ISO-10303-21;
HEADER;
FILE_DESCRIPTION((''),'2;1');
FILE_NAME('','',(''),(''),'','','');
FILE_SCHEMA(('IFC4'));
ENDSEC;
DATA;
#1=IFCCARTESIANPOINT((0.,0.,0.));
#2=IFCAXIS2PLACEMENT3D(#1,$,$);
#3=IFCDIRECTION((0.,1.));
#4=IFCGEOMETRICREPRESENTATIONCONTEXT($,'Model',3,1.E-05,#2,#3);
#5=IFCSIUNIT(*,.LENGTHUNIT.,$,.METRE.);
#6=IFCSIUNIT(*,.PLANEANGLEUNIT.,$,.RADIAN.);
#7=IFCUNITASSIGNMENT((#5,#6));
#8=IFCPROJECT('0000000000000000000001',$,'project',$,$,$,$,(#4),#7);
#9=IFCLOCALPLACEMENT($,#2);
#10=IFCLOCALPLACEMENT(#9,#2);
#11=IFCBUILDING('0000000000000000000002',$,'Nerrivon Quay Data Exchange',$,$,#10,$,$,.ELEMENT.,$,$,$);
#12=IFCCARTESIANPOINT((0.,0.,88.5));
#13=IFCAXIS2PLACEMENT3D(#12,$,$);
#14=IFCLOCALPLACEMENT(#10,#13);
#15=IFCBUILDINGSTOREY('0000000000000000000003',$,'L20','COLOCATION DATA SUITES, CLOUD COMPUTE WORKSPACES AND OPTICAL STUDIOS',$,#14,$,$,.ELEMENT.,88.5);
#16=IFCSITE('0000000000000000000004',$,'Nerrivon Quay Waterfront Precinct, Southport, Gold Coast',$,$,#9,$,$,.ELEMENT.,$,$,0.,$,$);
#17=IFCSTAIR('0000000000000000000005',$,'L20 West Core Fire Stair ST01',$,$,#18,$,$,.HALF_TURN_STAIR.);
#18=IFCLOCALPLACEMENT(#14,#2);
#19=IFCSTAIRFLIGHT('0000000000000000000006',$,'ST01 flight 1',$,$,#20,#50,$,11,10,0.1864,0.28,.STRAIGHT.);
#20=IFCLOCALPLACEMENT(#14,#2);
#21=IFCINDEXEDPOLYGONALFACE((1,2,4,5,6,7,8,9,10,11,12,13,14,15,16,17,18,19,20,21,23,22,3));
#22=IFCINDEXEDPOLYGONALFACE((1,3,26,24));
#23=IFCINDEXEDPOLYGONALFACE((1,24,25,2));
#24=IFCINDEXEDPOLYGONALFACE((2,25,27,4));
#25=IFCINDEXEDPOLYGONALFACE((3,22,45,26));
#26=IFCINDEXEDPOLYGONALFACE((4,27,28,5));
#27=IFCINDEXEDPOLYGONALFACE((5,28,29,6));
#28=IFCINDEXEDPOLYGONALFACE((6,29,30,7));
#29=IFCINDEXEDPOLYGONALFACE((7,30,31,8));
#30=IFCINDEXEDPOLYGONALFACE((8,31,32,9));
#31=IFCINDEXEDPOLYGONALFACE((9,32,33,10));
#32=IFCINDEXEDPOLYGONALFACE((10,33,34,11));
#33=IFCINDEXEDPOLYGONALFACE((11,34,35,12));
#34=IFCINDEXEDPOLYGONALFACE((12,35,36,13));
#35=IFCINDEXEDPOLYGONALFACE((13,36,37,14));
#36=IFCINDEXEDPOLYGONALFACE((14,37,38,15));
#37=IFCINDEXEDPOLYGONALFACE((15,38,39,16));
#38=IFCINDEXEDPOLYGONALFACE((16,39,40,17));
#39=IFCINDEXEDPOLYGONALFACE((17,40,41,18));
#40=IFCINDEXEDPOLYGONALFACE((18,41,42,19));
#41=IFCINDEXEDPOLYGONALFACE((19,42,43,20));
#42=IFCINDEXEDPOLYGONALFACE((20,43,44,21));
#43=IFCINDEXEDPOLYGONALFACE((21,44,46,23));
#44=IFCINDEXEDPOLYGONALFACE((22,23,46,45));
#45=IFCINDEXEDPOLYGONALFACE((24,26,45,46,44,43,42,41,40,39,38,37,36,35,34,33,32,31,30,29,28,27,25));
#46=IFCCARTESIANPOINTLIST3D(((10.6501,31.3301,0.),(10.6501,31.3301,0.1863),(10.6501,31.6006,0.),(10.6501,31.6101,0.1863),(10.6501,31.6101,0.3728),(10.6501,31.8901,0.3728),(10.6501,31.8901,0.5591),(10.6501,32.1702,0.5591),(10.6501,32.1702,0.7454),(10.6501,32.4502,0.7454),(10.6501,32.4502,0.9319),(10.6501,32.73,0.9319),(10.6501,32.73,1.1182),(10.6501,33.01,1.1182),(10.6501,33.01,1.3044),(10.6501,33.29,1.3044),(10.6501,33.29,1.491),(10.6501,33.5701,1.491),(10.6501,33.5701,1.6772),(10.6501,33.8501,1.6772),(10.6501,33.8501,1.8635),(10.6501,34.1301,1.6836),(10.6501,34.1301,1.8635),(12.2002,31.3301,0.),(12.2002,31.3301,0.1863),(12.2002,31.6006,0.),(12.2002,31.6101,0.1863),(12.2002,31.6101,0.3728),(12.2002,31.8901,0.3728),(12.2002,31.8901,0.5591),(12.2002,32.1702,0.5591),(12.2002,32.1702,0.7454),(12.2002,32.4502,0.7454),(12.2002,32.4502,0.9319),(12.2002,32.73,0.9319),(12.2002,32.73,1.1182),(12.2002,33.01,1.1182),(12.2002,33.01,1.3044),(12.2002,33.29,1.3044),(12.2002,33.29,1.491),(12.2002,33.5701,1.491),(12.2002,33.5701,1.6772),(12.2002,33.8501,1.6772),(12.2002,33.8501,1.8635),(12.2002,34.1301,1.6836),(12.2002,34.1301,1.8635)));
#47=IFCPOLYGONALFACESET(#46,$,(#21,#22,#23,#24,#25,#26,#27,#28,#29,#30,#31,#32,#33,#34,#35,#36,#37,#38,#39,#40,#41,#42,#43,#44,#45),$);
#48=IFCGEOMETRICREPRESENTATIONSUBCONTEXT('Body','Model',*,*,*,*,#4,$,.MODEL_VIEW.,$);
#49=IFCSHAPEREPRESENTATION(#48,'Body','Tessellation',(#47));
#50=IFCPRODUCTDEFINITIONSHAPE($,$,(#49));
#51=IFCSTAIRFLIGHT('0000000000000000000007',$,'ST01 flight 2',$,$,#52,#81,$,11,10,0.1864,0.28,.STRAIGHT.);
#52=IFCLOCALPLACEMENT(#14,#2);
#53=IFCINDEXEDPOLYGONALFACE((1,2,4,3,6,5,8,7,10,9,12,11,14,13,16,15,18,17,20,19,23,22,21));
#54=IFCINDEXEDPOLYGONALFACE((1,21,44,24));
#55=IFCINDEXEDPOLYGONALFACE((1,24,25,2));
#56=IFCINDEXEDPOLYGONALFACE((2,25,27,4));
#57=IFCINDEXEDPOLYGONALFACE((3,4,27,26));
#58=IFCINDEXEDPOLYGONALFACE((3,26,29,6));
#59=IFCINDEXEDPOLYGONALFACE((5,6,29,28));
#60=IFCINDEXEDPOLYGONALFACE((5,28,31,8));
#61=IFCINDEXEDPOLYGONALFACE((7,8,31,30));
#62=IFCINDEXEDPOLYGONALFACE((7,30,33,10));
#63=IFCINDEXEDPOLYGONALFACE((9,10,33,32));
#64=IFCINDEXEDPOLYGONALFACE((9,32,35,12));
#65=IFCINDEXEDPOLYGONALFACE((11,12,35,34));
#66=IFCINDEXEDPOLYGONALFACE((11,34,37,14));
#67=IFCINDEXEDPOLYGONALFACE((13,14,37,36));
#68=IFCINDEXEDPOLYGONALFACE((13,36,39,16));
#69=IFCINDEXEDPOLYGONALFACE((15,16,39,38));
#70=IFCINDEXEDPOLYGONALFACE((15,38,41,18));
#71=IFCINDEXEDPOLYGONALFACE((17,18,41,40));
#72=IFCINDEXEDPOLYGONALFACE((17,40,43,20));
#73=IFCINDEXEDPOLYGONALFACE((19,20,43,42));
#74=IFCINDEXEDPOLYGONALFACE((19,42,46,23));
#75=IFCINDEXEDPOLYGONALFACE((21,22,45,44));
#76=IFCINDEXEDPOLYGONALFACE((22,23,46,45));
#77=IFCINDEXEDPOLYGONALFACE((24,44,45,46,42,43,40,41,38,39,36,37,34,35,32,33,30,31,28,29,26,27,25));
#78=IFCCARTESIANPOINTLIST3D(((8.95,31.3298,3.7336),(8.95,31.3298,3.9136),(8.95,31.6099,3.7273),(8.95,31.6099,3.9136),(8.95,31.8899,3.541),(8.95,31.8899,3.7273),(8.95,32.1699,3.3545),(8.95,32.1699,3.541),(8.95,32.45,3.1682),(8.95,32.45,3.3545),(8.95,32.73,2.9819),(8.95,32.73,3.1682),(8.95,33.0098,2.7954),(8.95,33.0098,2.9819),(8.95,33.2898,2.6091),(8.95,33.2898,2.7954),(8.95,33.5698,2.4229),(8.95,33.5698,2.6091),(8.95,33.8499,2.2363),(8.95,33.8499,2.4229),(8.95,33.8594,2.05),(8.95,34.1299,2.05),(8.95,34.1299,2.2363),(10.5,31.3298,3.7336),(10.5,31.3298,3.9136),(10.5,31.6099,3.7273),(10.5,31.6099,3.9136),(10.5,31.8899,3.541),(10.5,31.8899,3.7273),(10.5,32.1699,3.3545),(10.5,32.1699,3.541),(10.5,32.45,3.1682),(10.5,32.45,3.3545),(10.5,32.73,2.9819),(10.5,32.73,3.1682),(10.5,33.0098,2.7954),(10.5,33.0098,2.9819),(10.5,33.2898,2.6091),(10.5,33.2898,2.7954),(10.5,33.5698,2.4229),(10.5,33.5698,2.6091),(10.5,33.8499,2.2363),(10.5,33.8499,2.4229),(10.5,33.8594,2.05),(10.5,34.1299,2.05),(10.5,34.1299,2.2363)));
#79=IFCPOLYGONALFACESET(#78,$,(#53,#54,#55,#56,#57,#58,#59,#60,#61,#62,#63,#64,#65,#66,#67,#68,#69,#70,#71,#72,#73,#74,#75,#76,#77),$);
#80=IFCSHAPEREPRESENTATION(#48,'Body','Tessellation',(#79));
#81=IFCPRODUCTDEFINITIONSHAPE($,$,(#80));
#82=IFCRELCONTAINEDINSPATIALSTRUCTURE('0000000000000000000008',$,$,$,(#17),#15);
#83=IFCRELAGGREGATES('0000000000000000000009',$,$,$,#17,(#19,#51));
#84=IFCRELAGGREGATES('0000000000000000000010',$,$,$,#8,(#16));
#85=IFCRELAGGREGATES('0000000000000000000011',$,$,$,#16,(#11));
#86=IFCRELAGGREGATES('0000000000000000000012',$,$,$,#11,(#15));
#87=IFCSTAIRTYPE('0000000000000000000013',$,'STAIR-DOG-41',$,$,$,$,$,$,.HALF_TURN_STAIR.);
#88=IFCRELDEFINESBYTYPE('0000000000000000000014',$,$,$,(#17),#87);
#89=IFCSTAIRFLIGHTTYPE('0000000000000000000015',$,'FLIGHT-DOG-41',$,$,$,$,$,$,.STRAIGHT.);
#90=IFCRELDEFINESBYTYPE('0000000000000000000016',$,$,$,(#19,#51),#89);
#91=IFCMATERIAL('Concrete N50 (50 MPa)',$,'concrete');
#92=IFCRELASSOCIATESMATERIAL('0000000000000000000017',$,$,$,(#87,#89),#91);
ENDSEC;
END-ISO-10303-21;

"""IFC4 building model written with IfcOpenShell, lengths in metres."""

from ifc_helpers import new_model, si_unit, direction, frame, origin, place, context, subcontext, project, spatial, polyline, outline, extrude, material, type_object, element, aggregate, save


model = new_model("IFC4")

# Units and contexts
model_context = context("Model", 3, precision=1e-05, world=origin(), true_north=direction((0.0, 1.0)))
body_context = subcontext(model_context, "Body", "Model", "MODEL_VIEW")
ifc_project = project(units=[si_unit("LENGTHUNIT", "METRE"), si_unit("PLANEANGLEUNIT", "RADIAN")], contexts=[model_context])

# Site, building, storey
site_placement = place(None, origin())
site = spatial("IfcSite", under=ifc_project, at=site_placement, Name="Nerrivon Quay Waterfront Precinct, Southport, Gold Coast", CompositionType="ELEMENT", RefElevation=0.0)
building_placement = place(site_placement, origin())
building = spatial("IfcBuilding", under=site, at=building_placement, Name="Nerrivon Quay Data Exchange", CompositionType="ELEMENT")
storey_placement = place(building_placement, frame((0.0, 0.0, 88.5)))
storey = spatial("IfcBuildingStorey", under=building, at=storey_placement, Name="L20", Description="COLOCATION DATA SUITES, CLOUD COMPUTE WORKSPACES AND OPTICAL STUDIOS", CompositionType="ELEMENT", Elevation=88.5)

# Shared definitions
ifc_material_1 = material(Name="Concrete N50 (50 MPa)", Category="concrete")

# Stair, stair flights
stair_type = type_object("IfcStairType", Name="STAIR-DOG-41", PredefinedType="HALF_TURN_STAIR", material=ifc_material_1)
stair_placement = place(storey_placement, origin())
stair = element("IfcStair", 1, at=stair_placement, inside=storey, type_object=stair_type, Name="L20 West Core Fire Stair ST01", PredefinedType="HALF_TURN_STAIR")
stair_flight_type = type_object("IfcStairFlightType", Name="FLIGHT-DOG-41", PredefinedType="STRAIGHT", material=ifc_material_1)
stair_flight_1_placement = place(storey_placement, frame((11.425, 31.3301, 0.0), z_axis=(0.0, 0.0, 1.0), x_axis=(0.0, 1.0, 0.0)))
stair_flight_1 = element("IfcStairFlight", 2, at=stair_flight_1_placement, type_object=stair_flight_type, Name="ST01 flight 1", NumberOfRisers=11, NumberOfTreads=10, PredefinedType="STRAIGHT", RiserHeight=0.1864, TreadLength=0.28, context=body_context, shape_type="SweptSolid", body=[
    extrude(outline(polyline([(0.0, 0.0), (0.0, 0.1863), (0.28, 0.1863), (0.28, 0.3728), (0.5601, 0.3728), (0.5601, 0.5591), (0.8401, 0.5591), (0.8401, 0.7454), (1.1201, 0.7454), (1.1201, 0.9319), (1.3999, 0.9319), (1.3999, 1.1182), (1.6799, 1.1182), (1.6799, 1.3044), (1.96, 1.3044), (1.96, 1.491), (2.24, 1.491), (2.24, 1.6772), (2.52, 1.6772), (2.52, 1.8635), (2.8, 1.8635), (2.8, 2.05), (2.8, 1.6836), (0.2705, 0.0), (0.0, 0.0)])), frame((0.0, 0.7749, 0.0), z_axis=(0.0, -1.0, 0.0), x_axis=(1.0, 0.0, 0.0)), (0.0, 0.0, 1.0), 1.55),
])
stair_flight_2_placement = place(storey_placement, frame((9.7251, 34.1299, 2.05), z_axis=(0.0, 0.0, 1.0), x_axis=(0.0, -1.0, 0.0)))
stair_flight_2 = element("IfcStairFlight", 3, at=stair_flight_2_placement, type_object=stair_flight_type, Name="ST01 flight 2", NumberOfRisers=11, NumberOfTreads=10, PredefinedType="STRAIGHT", RiserHeight=0.1864, TreadLength=0.28, context=body_context, shape_type="SweptSolid", body=[
    extrude(outline(polyline([(0.0, 0.0), (0.0, 0.1863), (0.28, 0.1863), (0.28, 0.3728), (0.5601, 0.3728), (0.5601, 0.5591), (0.8401, 0.5591), (0.8401, 0.7454), (1.1201, 0.7454), (1.1201, 0.9319), (1.3999, 0.9319), (1.3999, 1.1182), (1.6799, 1.1182), (1.6799, 1.3044), (1.96, 1.3044), (1.96, 1.491), (2.24, 1.491), (2.24, 1.6772), (2.52, 1.6772), (2.52, 1.8635), (2.8, 1.8635), (2.8, 2.05), (2.8, 1.6836), (0.2705, 0.0), (0.0, 0.0)])), frame((0.0, 0.7749, 0.0), z_axis=(0.0, -1.0, 0.0), x_axis=(1.0, 0.0, 0.0)), (0.0, 0.0, 1.0), 1.55),
])
aggregate(stair, [stair_flight_1, stair_flight_2])

save(model, "model.ifc")
